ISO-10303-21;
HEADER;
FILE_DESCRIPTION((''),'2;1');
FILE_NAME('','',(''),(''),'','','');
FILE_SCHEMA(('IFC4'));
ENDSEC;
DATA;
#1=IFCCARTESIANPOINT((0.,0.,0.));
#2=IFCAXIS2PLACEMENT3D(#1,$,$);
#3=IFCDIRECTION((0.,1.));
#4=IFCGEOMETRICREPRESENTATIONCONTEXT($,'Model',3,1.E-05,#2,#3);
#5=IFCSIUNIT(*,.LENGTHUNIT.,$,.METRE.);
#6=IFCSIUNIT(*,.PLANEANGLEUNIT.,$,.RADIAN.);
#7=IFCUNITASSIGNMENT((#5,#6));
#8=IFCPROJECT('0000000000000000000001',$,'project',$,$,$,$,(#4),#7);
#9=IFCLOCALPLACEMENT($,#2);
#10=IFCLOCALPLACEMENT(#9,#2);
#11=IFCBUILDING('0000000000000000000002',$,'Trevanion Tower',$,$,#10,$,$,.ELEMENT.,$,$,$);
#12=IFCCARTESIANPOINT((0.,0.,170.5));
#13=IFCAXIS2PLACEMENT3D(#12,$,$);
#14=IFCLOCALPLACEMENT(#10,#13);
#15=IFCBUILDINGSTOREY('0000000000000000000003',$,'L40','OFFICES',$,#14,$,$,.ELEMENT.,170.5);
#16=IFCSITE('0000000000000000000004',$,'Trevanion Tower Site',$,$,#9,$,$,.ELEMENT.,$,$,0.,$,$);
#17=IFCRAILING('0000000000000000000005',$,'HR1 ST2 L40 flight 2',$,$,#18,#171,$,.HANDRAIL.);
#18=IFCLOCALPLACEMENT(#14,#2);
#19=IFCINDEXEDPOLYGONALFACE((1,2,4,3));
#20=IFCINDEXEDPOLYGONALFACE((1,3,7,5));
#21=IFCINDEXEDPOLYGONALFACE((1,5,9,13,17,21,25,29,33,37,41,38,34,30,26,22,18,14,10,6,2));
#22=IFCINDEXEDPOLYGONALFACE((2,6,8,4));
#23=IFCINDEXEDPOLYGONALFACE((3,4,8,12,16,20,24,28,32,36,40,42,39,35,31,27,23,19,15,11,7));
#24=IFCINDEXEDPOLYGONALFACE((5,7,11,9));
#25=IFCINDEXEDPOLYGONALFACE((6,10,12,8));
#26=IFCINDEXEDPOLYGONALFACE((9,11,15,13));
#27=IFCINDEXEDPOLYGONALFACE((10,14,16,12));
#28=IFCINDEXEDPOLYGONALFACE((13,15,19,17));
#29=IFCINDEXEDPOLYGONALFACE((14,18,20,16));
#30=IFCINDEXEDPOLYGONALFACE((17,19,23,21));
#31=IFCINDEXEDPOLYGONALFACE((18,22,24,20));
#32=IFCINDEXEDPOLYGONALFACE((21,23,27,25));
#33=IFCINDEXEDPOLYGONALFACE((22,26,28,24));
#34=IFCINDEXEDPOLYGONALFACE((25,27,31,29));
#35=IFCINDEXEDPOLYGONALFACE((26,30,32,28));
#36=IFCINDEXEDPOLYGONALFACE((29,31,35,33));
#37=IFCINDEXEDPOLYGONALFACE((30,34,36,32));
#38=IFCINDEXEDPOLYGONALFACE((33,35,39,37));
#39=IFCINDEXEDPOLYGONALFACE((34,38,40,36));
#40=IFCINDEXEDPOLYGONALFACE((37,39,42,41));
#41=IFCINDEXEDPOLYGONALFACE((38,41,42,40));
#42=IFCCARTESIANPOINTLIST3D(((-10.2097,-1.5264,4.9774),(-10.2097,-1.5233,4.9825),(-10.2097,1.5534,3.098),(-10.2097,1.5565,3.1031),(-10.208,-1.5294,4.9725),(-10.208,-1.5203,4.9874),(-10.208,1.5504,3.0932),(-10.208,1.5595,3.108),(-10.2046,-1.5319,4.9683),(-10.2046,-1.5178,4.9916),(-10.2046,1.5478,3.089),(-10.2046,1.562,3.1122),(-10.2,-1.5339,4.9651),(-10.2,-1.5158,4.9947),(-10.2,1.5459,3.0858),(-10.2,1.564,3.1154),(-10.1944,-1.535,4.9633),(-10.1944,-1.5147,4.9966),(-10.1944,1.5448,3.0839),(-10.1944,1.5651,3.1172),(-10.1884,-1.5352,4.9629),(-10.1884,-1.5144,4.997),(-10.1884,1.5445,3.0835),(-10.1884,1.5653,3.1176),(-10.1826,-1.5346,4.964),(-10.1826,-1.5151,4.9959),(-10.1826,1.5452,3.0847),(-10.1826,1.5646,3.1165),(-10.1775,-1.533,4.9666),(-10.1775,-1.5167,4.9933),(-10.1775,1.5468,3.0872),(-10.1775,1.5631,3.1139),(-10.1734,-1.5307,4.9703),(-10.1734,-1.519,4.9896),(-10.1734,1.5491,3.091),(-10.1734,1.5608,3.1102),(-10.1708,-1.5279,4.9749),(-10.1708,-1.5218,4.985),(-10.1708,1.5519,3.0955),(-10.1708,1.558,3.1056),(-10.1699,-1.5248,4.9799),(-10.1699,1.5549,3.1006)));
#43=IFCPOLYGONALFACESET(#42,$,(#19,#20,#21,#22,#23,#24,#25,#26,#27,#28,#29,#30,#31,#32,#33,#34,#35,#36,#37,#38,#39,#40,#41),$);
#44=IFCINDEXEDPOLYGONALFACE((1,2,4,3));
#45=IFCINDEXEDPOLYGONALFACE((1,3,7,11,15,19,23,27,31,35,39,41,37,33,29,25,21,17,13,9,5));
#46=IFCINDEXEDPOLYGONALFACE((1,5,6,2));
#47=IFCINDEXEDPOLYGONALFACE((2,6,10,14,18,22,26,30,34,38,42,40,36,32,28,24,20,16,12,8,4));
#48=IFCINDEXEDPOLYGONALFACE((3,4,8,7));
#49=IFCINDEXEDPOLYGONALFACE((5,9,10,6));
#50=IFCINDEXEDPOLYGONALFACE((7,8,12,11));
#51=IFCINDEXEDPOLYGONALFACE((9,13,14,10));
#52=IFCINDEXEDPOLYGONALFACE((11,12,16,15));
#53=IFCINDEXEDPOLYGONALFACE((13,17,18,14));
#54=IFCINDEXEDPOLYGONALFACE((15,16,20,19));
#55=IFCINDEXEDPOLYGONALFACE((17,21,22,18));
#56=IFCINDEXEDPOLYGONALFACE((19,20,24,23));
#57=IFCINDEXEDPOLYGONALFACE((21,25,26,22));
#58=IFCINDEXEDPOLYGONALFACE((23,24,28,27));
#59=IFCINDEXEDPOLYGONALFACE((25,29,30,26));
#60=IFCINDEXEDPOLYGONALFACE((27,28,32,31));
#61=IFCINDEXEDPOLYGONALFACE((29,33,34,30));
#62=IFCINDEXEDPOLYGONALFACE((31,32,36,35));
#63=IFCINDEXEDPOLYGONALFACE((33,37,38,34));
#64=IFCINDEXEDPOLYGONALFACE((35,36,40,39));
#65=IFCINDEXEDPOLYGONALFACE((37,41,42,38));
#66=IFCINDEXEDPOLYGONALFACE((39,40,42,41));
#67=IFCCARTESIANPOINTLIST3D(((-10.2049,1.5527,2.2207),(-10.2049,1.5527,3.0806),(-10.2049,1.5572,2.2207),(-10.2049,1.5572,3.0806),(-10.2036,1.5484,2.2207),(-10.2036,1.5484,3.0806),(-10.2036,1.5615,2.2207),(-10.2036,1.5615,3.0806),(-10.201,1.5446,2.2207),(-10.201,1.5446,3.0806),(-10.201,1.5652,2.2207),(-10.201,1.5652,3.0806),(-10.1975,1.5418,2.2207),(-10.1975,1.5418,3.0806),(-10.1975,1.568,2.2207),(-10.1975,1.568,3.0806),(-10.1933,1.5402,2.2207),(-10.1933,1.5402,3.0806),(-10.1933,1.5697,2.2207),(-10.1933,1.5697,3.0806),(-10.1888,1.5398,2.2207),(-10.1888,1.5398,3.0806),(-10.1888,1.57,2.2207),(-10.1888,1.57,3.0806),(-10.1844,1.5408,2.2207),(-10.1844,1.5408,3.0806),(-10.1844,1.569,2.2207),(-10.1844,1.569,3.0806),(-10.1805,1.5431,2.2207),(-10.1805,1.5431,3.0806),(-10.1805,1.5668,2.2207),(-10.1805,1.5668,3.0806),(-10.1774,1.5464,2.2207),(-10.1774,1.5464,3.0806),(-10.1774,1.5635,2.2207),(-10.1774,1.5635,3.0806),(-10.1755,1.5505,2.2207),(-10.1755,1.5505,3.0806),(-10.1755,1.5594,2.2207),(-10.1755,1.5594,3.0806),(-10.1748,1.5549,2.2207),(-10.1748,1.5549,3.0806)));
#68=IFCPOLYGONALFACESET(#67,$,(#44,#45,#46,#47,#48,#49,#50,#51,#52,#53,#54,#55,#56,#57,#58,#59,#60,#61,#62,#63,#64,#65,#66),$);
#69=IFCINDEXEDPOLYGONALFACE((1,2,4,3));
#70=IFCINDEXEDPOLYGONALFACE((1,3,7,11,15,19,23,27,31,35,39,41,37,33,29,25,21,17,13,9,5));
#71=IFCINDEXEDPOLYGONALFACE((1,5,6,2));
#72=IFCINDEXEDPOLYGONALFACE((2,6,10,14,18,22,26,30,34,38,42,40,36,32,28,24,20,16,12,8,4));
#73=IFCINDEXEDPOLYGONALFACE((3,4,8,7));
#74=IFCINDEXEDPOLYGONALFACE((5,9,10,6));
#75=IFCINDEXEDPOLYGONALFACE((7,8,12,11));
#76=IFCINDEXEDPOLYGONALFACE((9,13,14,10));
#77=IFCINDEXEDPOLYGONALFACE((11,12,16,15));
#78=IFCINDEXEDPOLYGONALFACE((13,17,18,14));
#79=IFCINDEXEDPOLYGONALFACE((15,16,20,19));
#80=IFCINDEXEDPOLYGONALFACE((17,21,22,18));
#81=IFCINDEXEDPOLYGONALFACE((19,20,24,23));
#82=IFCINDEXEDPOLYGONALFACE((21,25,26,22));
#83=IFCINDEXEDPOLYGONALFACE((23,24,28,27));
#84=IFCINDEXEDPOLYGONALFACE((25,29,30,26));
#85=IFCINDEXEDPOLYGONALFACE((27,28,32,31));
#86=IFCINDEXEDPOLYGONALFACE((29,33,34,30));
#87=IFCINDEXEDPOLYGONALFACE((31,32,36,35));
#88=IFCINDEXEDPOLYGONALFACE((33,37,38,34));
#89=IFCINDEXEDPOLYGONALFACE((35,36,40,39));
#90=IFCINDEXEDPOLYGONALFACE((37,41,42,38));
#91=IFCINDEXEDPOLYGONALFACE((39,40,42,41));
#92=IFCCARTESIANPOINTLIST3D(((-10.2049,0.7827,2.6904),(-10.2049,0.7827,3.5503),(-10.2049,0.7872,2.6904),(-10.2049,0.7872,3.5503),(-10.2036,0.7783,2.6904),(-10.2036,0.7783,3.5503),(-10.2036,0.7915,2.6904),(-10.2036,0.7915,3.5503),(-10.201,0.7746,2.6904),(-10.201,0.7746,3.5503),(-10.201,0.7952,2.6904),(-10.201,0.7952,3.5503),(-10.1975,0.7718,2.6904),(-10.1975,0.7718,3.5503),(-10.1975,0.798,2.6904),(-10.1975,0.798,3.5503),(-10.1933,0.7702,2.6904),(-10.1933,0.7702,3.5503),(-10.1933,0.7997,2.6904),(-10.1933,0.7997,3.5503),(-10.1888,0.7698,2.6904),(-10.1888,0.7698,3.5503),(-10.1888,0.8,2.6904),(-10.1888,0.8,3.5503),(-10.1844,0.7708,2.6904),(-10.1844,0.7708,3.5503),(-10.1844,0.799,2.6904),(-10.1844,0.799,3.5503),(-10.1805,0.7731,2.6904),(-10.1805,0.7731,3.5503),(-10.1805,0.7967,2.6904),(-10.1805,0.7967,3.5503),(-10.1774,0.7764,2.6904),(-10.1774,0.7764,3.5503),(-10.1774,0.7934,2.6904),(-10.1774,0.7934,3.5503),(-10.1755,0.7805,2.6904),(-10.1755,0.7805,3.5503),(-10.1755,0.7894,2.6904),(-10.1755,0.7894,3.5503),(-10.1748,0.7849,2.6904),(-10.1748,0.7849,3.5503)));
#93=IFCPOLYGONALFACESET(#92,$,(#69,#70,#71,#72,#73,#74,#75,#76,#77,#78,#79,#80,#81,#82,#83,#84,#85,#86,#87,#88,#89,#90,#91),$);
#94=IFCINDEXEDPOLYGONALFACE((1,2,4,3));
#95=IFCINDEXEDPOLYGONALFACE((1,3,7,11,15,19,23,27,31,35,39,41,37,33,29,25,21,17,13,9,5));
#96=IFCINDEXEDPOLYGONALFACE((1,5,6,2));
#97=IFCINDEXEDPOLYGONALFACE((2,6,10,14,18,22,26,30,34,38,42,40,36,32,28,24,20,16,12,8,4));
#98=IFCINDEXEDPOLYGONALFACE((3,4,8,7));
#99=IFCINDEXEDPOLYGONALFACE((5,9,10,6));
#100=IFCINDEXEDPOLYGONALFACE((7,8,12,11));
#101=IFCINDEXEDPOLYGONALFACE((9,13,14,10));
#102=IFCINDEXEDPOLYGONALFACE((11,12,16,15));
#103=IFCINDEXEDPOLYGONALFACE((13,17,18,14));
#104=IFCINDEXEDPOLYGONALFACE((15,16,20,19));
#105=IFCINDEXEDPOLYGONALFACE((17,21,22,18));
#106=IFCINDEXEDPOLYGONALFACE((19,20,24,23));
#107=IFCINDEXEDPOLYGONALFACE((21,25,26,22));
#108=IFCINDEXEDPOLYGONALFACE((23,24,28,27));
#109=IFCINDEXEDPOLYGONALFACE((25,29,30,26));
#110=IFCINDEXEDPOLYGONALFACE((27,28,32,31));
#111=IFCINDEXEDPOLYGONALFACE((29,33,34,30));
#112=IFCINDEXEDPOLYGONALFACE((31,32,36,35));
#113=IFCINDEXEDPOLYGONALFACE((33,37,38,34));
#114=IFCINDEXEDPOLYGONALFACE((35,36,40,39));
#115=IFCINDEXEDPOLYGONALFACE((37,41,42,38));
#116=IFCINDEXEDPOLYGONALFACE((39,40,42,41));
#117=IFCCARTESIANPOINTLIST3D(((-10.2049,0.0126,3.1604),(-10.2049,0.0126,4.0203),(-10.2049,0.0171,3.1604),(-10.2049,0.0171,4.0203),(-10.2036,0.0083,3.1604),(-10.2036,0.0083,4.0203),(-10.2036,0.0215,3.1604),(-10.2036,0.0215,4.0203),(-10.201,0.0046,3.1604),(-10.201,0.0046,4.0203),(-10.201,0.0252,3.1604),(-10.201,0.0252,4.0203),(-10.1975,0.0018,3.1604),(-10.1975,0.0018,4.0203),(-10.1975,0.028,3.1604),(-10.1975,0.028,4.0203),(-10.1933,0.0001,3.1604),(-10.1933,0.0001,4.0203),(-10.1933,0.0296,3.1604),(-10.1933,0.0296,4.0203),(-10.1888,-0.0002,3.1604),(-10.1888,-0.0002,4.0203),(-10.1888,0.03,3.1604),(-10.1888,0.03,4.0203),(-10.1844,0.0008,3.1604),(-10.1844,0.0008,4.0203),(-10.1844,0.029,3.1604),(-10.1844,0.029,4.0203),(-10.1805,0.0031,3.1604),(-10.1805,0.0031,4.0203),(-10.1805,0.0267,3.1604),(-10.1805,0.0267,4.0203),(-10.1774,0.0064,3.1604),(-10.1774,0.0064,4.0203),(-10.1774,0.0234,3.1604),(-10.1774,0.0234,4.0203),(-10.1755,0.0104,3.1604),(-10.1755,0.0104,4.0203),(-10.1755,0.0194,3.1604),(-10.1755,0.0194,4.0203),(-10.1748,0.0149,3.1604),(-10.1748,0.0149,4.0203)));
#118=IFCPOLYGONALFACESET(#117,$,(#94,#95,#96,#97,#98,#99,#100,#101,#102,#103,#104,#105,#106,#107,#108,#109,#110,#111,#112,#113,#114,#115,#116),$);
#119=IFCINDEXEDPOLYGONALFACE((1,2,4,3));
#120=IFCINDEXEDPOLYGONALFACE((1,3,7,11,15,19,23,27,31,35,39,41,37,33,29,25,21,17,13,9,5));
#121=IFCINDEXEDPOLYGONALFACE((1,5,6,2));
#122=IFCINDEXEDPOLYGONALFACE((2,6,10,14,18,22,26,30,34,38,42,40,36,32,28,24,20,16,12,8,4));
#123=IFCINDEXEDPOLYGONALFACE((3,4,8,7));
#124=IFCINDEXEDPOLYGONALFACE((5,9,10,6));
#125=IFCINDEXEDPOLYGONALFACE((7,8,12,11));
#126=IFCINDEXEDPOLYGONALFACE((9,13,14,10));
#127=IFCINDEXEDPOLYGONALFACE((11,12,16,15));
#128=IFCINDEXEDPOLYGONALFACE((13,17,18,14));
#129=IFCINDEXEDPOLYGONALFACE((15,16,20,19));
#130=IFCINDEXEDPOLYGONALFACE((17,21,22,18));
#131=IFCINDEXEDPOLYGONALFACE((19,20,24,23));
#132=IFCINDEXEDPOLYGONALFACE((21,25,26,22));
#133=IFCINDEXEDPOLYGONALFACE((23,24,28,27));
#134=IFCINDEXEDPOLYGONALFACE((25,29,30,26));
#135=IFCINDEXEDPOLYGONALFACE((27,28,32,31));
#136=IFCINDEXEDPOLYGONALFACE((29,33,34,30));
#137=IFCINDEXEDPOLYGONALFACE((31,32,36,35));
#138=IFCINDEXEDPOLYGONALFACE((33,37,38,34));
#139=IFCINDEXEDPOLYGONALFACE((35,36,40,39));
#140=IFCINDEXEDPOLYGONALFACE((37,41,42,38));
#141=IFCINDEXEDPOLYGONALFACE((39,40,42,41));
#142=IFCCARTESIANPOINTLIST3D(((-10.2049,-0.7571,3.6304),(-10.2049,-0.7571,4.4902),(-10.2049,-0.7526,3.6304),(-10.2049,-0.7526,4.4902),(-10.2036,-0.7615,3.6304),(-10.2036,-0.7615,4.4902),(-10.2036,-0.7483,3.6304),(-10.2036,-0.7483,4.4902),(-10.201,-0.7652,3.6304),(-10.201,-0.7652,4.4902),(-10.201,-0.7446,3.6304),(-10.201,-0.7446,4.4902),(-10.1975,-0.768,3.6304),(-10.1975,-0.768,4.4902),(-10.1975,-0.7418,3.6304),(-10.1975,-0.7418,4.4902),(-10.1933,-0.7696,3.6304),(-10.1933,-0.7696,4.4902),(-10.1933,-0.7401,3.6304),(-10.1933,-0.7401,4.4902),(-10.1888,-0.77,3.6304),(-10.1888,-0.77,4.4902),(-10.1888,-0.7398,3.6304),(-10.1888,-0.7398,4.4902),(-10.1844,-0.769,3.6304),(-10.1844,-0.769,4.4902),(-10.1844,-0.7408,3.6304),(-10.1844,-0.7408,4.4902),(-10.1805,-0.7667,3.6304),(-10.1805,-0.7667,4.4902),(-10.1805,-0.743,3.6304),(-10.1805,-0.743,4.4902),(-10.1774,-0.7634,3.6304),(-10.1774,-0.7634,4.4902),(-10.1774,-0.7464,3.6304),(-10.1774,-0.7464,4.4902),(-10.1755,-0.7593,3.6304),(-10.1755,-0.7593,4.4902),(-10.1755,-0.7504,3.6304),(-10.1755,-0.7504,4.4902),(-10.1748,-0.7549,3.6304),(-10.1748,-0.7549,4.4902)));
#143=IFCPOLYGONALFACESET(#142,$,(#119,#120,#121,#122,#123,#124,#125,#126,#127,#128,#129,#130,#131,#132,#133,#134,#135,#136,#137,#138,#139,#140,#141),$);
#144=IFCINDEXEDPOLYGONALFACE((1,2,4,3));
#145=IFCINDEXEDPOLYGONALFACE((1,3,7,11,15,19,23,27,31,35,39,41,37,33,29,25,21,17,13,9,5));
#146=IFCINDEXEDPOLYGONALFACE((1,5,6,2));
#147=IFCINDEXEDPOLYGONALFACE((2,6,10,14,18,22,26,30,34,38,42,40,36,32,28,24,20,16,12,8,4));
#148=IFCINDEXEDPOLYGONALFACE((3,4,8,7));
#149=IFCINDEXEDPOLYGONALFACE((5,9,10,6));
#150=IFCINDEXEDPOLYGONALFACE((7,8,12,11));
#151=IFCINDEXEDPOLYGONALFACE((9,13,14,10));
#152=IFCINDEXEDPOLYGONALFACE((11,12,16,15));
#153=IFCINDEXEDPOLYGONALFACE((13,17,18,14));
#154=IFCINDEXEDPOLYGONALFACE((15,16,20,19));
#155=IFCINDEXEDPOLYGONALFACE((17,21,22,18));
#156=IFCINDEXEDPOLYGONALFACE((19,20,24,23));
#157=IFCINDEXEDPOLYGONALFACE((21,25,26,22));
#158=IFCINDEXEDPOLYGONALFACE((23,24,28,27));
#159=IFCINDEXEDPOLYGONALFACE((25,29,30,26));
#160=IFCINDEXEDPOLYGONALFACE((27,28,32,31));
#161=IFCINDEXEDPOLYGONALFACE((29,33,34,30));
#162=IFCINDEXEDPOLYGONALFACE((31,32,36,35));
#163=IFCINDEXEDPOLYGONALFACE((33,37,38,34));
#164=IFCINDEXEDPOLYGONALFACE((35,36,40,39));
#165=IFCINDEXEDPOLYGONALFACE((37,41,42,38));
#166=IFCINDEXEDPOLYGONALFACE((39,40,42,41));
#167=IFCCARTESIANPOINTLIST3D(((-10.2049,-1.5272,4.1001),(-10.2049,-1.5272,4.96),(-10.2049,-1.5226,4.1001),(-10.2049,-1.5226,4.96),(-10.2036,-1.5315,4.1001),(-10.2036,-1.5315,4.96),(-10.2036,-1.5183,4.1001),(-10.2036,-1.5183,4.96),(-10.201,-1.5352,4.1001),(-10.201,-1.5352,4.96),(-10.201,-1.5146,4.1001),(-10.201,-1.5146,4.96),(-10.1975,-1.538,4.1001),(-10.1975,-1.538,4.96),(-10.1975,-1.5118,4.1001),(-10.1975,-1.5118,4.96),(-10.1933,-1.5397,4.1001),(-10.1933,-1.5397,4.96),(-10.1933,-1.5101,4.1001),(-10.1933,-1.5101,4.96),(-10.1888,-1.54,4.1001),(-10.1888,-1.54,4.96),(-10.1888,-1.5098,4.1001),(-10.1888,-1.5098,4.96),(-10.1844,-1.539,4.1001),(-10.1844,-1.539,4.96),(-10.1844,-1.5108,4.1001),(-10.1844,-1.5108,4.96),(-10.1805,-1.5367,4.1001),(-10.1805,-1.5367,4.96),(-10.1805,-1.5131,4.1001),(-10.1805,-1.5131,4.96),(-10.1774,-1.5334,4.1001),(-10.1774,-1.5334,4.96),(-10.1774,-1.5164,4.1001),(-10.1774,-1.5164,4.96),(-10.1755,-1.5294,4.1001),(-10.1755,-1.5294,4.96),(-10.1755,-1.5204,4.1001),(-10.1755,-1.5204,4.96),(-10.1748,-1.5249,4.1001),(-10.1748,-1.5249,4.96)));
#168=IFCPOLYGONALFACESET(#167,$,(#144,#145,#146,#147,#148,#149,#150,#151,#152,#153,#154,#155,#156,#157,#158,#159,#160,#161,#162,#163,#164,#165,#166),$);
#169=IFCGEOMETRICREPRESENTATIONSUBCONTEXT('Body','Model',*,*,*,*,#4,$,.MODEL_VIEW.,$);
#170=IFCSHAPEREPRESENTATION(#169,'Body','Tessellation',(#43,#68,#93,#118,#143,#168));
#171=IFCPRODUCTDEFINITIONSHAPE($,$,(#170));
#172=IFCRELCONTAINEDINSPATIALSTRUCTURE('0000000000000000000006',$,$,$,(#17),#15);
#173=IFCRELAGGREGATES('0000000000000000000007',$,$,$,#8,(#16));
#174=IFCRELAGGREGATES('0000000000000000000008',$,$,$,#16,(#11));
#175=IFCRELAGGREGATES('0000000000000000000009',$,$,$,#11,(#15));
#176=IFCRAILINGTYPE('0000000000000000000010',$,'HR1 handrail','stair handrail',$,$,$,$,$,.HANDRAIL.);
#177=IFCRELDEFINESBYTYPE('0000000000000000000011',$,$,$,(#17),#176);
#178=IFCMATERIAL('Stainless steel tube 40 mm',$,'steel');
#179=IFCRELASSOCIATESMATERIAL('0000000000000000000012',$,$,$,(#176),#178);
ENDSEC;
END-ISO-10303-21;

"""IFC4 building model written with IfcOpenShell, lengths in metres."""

from ifc_helpers import new_model, si_unit, direction, frame, origin, origin_2d, place, context, subcontext, project, spatial, circle, extrude, material, type_object, element, save


model = new_model("IFC4")

# Units and contexts
model_context = context("Model", 3, precision=1e-05, world=origin(), true_north=direction((0.0, 1.0)))
body_context = subcontext(model_context, "Body", "Model", "MODEL_VIEW")
ifc_project = project(units=[si_unit("LENGTHUNIT", "METRE"), si_unit("PLANEANGLEUNIT", "RADIAN")], contexts=[model_context])

# Site, building, storey
site_placement = place(None, origin())
site = spatial("IfcSite", under=ifc_project, at=site_placement, Name="Trevanion Tower Site", CompositionType="ELEMENT", RefElevation=0.0)
building_placement = place(site_placement, origin())
building = spatial("IfcBuilding", under=site, at=building_placement, Name="Trevanion Tower", CompositionType="ELEMENT")
storey_placement = place(building_placement, frame((0.0, 0.0, 170.5)))
storey = spatial("IfcBuildingStorey", under=building, at=storey_placement, Name="L40", Description="OFFICES", CompositionType="ELEMENT", Elevation=170.5)

# Railing
ifc_material_1 = material(Name="Stainless steel tube 40 mm", Category="steel")
railing_type = type_object("IfcRailingType", Name="HR1 handrail", Description="stair handrail", PredefinedType="HANDRAIL", material=ifc_material_1)
for number, where, name in (
    (1, (-10.1899, 1.5549, 2.2207), "HR1 ST2 L40 flight 2"),
):
    element("IfcRailing", number, at=place(storey_placement, frame(where)), inside=storey, type_object=railing_type, Name=name, PredefinedType="HANDRAIL", context=body_context, shape_type="SweptSolid", body=[
        extrude(circle(Radius=0.02, at=origin_2d()), frame((0.0, 0.0, 0.8799), z_axis=(0.0, -0.853618, 0.5209), x_axis=(1.0, 0.0, 0.0)), (0.0, 0.0, 1.0), 3.6079),
        extrude(circle(Radius=0.0151, at=origin_2d()), origin(), (0.0, 0.0, 1.0), 0.8599),
        extrude(circle(Radius=0.0151, at=origin_2d()), frame((0.0, -0.77, 0.4697)), (0.0, 0.0, 1.0), 0.8599),
        extrude(circle(Radius=0.0151, at=origin_2d()), frame((0.0, -1.54, 0.9397)), (0.0, 0.0, 1.0), 0.8599),
        extrude(circle(Radius=0.0151, at=origin_2d()), frame((0.0, -2.3098, 1.4097)), (0.0, 0.0, 1.0), 0.8599),
        extrude(circle(Radius=0.0151, at=origin_2d()), frame((0.0, -3.0798, 1.8794)), (0.0, 0.0, 1.0), 0.8599),
    ])

save(model, "model.ifc")
